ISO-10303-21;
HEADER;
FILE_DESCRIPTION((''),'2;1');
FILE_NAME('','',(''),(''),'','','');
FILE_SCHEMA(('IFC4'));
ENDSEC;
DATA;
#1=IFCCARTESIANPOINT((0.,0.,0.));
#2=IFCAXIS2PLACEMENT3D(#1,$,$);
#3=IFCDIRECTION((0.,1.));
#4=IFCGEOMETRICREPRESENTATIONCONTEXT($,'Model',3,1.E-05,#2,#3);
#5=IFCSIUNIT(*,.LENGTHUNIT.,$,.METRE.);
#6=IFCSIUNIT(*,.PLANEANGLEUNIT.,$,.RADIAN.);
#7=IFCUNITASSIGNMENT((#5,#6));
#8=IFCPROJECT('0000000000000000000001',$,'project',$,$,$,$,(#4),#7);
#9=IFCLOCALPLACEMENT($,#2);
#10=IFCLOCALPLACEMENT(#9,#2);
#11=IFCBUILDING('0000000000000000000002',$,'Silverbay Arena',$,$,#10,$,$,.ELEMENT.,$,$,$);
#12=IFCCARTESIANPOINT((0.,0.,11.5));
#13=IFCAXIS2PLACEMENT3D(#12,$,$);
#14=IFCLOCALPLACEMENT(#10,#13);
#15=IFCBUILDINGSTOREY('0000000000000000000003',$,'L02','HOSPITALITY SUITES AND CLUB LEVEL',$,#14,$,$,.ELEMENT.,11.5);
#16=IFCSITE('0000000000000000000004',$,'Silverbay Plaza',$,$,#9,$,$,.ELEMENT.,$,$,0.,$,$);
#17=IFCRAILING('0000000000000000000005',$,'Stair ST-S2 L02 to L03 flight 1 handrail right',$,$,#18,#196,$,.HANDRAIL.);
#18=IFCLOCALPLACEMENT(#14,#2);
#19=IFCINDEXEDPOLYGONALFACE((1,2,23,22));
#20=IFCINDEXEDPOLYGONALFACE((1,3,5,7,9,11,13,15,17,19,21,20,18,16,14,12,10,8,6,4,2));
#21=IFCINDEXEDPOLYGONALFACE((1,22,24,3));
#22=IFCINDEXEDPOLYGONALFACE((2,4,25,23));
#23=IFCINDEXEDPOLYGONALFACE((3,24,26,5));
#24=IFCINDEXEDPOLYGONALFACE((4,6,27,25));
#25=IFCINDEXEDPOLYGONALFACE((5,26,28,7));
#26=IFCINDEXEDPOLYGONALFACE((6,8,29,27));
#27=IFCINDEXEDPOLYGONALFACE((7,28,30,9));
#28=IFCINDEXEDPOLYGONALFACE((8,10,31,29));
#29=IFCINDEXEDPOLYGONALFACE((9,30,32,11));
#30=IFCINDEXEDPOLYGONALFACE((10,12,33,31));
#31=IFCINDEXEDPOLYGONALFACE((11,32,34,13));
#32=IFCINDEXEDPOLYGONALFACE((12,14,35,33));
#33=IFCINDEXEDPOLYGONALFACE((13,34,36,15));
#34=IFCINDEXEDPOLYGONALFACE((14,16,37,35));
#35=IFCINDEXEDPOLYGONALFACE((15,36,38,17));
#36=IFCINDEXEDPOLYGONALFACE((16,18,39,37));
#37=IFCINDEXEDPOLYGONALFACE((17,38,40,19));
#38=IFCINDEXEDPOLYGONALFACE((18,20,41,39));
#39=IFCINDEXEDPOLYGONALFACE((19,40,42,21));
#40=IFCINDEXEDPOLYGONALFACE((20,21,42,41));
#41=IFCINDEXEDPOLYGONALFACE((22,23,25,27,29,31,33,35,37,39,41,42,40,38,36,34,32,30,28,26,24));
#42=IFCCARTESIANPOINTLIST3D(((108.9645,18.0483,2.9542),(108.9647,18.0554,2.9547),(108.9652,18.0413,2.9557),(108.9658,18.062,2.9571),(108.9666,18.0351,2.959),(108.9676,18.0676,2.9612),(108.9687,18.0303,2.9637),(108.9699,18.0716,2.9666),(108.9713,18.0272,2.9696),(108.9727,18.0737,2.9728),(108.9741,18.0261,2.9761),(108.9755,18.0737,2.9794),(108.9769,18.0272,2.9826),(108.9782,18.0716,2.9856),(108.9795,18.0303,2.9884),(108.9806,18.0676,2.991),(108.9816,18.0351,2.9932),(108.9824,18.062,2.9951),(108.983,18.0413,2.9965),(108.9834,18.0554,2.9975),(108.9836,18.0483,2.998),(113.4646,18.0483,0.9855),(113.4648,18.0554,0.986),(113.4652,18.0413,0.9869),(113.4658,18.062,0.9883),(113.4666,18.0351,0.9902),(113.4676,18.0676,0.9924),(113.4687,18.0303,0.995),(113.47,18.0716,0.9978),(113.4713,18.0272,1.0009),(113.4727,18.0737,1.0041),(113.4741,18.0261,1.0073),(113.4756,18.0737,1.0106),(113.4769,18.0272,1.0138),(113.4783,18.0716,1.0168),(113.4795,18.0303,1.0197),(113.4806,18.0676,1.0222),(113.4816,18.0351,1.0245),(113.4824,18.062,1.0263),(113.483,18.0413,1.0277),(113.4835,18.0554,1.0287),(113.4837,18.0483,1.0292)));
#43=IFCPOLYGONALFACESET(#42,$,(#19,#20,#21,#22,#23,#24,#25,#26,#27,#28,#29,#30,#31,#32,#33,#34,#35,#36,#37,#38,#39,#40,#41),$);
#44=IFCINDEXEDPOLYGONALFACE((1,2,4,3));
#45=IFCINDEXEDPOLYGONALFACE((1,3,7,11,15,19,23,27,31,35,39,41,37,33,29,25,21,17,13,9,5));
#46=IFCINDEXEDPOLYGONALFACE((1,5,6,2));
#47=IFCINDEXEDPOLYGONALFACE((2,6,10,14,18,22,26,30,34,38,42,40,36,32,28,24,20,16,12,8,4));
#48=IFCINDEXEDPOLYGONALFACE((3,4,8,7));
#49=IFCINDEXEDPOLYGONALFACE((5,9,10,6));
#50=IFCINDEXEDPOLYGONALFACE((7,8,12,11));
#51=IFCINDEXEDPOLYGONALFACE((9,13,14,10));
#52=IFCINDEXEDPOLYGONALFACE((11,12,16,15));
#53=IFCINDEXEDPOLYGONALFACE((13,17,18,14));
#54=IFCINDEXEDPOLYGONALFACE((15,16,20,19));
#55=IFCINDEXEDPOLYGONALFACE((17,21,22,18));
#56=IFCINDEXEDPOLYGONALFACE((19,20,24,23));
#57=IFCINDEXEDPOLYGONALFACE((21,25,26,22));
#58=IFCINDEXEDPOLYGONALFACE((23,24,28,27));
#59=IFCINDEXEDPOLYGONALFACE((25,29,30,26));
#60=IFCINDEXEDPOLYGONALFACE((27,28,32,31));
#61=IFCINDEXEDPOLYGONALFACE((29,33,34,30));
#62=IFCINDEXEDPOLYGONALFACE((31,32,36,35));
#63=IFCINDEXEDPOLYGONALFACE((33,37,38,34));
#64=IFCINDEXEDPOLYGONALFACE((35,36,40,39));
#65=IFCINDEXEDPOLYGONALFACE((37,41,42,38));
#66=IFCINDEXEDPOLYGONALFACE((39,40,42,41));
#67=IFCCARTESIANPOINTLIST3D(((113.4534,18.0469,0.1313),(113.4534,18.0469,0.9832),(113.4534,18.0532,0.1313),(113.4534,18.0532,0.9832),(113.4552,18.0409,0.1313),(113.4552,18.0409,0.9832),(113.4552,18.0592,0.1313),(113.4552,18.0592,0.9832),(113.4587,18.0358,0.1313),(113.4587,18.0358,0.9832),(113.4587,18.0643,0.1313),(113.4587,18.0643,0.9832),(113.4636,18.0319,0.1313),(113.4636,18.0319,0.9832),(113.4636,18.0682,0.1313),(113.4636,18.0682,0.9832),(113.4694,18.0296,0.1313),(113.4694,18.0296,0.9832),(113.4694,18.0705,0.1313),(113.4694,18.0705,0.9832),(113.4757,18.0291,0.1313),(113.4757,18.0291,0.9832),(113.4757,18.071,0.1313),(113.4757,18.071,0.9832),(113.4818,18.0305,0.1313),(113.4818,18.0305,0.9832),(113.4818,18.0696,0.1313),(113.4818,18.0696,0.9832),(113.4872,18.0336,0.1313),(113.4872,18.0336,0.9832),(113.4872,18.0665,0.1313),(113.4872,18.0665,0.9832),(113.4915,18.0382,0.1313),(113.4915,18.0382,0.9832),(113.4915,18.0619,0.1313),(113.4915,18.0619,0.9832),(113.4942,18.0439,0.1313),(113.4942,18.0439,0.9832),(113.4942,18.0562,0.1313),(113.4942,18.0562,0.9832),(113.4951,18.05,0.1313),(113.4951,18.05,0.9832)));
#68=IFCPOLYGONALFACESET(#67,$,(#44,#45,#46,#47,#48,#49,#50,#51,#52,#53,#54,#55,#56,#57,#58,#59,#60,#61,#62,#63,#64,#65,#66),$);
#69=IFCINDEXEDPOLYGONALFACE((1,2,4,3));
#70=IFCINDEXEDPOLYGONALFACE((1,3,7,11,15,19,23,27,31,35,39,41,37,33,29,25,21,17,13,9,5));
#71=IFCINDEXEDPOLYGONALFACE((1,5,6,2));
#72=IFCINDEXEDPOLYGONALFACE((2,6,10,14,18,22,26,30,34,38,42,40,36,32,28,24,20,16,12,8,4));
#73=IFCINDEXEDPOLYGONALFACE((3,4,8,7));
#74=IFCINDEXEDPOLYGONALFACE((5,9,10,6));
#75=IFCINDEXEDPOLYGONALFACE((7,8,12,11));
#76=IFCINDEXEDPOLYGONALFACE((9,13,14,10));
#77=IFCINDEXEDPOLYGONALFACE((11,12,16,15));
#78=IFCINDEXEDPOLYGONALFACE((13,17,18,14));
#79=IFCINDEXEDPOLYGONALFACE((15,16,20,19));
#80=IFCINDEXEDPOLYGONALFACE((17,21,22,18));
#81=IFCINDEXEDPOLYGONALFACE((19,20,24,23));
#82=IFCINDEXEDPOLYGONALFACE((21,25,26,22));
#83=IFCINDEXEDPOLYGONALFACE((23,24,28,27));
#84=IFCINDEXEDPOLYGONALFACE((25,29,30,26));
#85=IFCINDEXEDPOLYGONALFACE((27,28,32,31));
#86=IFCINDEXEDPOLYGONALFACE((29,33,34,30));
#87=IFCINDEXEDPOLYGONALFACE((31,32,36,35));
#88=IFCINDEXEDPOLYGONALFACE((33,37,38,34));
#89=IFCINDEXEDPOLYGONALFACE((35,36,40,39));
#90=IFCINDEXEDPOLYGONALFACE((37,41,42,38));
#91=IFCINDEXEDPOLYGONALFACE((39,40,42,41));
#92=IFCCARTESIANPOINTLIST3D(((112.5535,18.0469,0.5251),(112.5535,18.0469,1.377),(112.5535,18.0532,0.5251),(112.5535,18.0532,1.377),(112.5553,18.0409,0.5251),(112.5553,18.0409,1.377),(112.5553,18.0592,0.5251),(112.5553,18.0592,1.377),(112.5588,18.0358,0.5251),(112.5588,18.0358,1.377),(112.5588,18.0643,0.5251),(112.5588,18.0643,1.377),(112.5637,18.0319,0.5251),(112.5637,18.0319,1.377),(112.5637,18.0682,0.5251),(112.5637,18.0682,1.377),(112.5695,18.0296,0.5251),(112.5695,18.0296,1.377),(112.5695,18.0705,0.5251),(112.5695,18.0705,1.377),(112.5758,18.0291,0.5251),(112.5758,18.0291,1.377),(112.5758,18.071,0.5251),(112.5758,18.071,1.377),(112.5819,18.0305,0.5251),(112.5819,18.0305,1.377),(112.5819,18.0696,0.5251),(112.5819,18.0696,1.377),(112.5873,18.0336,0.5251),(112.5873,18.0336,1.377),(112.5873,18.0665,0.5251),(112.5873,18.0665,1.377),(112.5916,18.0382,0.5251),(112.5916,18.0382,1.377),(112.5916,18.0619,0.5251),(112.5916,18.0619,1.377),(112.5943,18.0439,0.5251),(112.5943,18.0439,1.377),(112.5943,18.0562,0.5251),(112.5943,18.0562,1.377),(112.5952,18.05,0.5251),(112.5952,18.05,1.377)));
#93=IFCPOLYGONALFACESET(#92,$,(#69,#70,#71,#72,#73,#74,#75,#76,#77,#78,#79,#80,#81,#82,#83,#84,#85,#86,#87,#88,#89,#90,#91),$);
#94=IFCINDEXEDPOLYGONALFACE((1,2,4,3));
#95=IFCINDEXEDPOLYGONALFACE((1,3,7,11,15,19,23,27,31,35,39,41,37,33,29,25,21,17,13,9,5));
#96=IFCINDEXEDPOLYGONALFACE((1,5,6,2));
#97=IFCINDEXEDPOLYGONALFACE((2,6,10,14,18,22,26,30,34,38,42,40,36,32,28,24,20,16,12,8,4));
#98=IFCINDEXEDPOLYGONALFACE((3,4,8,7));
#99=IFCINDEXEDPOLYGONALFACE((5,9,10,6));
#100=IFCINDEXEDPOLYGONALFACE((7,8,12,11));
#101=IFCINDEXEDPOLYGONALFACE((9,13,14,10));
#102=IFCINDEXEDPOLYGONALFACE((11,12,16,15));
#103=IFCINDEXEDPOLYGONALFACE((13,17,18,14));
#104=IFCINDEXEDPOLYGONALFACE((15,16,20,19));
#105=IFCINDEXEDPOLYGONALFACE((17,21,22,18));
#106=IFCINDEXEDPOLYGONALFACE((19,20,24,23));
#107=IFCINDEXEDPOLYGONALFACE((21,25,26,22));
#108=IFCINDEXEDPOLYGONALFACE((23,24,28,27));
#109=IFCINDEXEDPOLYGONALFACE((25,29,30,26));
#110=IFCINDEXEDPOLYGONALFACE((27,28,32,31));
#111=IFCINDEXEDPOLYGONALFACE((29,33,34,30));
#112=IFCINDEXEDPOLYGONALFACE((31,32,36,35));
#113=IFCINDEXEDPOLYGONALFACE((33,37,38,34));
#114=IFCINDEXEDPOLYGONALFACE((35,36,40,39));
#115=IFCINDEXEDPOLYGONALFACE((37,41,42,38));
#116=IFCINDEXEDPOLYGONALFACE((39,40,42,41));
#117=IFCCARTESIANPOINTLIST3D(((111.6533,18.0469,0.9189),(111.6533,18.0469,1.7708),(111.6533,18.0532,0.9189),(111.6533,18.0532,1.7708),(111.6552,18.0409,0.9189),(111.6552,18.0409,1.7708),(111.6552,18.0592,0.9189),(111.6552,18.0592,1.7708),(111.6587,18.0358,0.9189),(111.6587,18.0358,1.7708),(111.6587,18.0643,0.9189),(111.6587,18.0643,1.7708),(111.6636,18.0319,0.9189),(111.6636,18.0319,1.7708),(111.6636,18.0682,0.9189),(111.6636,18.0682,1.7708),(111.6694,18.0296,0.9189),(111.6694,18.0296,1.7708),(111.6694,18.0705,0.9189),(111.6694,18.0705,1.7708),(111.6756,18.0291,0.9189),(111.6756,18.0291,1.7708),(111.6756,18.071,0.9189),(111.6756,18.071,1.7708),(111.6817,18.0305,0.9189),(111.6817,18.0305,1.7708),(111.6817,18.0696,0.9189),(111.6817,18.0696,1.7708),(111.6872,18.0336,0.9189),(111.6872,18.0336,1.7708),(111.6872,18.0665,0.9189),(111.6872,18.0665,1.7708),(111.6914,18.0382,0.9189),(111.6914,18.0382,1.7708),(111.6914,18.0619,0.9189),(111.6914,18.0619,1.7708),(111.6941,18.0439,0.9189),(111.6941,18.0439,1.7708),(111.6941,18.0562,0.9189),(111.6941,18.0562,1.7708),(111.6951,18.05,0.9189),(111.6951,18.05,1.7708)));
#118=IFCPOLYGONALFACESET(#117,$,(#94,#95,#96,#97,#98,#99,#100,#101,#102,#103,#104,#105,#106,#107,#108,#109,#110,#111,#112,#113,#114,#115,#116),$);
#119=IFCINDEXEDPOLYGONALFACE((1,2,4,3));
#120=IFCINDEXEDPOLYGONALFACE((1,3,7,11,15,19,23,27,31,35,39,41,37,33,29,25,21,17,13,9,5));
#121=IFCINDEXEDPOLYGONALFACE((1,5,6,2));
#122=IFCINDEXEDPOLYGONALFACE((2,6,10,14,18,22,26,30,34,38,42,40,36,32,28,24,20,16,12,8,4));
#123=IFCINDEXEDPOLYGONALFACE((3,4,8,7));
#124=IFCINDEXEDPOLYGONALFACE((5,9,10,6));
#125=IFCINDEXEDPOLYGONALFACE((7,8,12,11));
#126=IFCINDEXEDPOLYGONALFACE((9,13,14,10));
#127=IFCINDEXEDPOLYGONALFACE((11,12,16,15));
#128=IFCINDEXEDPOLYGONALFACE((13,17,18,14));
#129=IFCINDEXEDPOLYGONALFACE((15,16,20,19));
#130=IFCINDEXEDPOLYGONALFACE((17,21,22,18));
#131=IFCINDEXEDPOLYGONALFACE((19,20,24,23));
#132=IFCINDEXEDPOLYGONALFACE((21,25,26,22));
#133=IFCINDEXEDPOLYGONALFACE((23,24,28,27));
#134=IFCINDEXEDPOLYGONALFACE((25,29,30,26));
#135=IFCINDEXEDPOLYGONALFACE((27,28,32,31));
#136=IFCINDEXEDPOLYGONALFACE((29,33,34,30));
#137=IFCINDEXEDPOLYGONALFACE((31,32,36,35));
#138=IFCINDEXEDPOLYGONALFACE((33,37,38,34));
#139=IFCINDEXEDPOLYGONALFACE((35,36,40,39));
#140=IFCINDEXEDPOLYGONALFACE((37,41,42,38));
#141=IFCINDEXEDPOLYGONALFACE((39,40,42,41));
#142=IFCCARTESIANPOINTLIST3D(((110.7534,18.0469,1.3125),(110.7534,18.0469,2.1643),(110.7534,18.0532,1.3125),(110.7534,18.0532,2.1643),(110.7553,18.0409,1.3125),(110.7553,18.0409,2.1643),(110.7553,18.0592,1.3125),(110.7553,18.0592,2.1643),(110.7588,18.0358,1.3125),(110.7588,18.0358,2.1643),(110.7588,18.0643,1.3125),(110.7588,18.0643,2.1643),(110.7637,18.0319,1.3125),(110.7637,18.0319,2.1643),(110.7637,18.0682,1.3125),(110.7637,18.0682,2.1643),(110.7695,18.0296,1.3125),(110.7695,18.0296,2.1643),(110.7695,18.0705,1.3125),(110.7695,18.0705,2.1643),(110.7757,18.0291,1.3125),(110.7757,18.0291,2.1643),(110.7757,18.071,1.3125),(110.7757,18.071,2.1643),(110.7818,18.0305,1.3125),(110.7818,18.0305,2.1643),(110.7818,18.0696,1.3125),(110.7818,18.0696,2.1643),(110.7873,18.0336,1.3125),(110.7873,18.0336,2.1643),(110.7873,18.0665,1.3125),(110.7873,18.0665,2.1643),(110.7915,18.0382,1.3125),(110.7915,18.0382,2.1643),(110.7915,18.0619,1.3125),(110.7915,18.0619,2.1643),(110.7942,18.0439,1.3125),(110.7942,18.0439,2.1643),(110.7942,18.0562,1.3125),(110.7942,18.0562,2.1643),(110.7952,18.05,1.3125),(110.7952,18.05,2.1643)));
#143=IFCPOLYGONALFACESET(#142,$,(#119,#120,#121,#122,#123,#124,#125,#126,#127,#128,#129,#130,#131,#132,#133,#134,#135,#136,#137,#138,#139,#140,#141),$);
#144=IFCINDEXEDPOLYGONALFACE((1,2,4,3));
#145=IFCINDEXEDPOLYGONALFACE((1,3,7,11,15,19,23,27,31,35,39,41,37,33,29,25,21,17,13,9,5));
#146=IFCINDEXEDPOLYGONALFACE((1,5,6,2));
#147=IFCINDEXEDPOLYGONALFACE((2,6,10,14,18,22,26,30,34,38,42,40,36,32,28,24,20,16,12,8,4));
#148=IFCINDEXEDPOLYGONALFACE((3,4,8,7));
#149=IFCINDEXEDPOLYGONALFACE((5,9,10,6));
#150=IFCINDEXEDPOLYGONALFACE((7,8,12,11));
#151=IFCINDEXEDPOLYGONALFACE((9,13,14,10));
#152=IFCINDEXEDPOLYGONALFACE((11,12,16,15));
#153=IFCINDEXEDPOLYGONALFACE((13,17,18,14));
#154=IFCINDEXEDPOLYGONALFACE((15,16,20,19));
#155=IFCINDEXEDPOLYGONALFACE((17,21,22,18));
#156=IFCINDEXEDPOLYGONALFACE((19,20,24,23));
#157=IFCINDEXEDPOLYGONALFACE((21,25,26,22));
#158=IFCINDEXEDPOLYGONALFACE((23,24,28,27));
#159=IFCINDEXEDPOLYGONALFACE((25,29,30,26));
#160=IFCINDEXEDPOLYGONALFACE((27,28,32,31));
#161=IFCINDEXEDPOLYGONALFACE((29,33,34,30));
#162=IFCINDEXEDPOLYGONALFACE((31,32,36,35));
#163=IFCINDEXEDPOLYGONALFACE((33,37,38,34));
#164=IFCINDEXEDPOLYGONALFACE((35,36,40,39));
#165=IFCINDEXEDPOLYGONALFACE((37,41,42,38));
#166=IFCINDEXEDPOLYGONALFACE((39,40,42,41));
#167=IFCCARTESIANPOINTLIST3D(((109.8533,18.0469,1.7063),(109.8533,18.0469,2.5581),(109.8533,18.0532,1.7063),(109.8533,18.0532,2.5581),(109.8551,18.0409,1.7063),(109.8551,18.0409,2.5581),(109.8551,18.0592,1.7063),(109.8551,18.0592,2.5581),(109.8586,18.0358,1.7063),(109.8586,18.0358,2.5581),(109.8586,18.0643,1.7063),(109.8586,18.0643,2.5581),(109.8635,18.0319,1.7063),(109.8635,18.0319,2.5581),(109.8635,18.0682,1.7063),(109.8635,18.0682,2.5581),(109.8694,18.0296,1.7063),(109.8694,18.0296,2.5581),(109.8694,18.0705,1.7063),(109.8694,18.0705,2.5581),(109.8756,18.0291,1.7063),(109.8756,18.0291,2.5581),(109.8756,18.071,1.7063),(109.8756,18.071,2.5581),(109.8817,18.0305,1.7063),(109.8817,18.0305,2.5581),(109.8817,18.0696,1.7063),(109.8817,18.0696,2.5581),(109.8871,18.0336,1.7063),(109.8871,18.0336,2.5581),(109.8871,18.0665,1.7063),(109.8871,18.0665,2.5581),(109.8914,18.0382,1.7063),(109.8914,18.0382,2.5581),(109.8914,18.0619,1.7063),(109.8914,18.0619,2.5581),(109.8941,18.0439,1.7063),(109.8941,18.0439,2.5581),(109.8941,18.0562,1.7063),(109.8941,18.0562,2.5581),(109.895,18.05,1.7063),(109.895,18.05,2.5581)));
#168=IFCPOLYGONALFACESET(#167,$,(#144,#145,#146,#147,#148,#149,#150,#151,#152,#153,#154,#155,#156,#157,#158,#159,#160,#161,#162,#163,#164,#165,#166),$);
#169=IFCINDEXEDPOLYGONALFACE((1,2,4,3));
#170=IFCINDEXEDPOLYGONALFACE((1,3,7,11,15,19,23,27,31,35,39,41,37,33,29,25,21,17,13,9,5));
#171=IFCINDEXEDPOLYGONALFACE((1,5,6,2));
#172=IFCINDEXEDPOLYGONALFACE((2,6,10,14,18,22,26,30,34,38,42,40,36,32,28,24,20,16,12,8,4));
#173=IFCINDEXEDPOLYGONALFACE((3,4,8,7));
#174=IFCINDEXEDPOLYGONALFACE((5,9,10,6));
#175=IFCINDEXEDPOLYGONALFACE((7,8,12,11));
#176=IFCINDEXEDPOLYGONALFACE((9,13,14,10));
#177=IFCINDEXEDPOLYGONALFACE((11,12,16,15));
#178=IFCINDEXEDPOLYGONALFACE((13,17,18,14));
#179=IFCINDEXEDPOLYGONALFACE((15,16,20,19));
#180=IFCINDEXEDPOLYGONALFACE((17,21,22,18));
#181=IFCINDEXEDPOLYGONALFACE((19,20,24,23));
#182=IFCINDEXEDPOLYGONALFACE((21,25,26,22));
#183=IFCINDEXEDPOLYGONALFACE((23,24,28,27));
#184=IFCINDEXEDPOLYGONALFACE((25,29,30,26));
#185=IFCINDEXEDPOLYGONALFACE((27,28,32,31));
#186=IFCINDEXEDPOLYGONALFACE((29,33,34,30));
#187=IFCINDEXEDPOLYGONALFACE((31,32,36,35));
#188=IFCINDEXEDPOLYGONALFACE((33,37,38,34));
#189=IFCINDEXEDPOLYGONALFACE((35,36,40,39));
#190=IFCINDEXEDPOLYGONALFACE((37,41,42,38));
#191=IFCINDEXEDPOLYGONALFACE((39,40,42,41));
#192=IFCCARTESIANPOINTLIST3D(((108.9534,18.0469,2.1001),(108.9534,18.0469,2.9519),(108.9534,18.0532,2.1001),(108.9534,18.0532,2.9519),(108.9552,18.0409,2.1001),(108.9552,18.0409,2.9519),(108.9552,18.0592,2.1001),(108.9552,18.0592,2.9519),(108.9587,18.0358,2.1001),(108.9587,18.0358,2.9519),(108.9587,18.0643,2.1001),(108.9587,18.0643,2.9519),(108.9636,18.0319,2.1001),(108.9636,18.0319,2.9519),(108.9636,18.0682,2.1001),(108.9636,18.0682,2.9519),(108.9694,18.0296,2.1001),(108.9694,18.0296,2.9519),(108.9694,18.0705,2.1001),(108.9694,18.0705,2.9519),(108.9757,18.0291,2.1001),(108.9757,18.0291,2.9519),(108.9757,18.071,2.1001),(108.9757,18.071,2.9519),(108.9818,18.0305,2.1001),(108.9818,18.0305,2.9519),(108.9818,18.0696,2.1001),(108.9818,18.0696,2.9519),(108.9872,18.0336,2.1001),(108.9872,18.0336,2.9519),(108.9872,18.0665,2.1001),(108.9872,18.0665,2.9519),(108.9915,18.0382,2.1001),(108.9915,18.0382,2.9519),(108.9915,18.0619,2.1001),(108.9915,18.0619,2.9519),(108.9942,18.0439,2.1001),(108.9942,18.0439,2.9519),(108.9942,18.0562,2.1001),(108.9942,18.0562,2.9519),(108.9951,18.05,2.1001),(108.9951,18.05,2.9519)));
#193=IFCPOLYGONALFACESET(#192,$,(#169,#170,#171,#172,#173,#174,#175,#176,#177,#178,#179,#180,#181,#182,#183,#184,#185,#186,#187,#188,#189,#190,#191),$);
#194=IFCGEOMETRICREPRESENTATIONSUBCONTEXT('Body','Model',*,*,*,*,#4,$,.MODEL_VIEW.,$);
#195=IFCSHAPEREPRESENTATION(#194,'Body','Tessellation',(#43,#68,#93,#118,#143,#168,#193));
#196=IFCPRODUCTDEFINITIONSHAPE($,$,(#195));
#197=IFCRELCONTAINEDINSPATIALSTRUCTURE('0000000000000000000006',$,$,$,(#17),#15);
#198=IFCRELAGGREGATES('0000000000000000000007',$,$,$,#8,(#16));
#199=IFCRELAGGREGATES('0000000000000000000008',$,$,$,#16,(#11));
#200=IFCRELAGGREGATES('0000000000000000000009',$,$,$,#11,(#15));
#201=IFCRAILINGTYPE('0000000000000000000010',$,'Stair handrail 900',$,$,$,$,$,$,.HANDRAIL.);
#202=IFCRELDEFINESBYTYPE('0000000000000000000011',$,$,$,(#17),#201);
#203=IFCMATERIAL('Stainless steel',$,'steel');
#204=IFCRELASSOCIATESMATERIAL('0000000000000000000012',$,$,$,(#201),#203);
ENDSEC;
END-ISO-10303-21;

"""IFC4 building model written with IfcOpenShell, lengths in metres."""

from ifc_helpers import new_model, si_unit, direction, frame, origin, origin_2d, place, context, subcontext, project, spatial, circle, extrude, material, type_object, element, save


model = new_model("IFC4")

# Units and contexts
model_context = context("Model", 3, precision=1e-05, world=origin(), true_north=direction((0.0, 1.0)))
body_context = subcontext(model_context, "Body", "Model", "MODEL_VIEW")
ifc_project = project(units=[si_unit("LENGTHUNIT", "METRE"), si_unit("PLANEANGLEUNIT", "RADIAN")], contexts=[model_context])

# Site, building, storey
site_placement = place(None, origin())
site = spatial("IfcSite", under=ifc_project, at=site_placement, Name="Silverbay Plaza", CompositionType="ELEMENT", RefElevation=0.0)
building_placement = place(site_placement, origin())
building = spatial("IfcBuilding", under=site, at=building_placement, Name="Silverbay Arena", CompositionType="ELEMENT")
storey_placement = place(building_placement, frame((0.0, 0.0, 11.5)))
storey = spatial("IfcBuildingStorey", under=building, at=storey_placement, Name="L02", Description="HOSPITALITY SUITES AND CLUB LEVEL", CompositionType="ELEMENT", Elevation=11.5)

# Railing
ifc_material_1 = material(Name="Stainless steel", Category="steel")
railing_type = type_object("IfcRailingType", Name="Stair handrail 900", PredefinedType="HANDRAIL", material=ifc_material_1)
railing_1_placement = place(storey_placement, frame((113.4741, 18.05, 0.1313)))
element("IfcRailing", 1, at=railing_1_placement, inside=storey, type_object=railing_type, Name="Stair ST-S2 L02 to L03 flight 1 handrail right", PredefinedType="HANDRAIL", context=body_context, shape_type="SweptSolid", body=[
    extrude(circle(Radius=0.0239, at=origin_2d()), frame((0.0, 0.0, 0.876), z_axis=(-0.916157, 0.0, 0.400819), x_axis=(0.0, -1.0, 0.0)), (0.0, 0.0, 1.0), 4.9119),
    extrude(circle(Radius=0.021, at=origin_2d()), origin(), (0.0, 0.0, 1.0), 0.8518),
    extrude(circle(Radius=0.021, at=origin_2d()), frame((-0.8999, 0.0, 0.3938)), (0.0, 0.0, 1.0), 0.8518),
    extrude(circle(Radius=0.021, at=origin_2d()), frame((-1.8, 0.0, 0.7876)), (0.0, 0.0, 1.0), 0.8518),
    extrude(circle(Radius=0.021, at=origin_2d()), frame((-2.7, 0.0, 1.1812)), (0.0, 0.0, 1.0), 0.8518),
    extrude(circle(Radius=0.021, at=origin_2d()), frame((-3.6001, 0.0, 1.575)), (0.0, 0.0, 1.0), 0.8518),
    extrude(circle(Radius=0.021, at=origin_2d()), frame((-4.5, 0.0, 1.9688)), (0.0, 0.0, 1.0), 0.8518),
])

save(model, "model.ifc")
